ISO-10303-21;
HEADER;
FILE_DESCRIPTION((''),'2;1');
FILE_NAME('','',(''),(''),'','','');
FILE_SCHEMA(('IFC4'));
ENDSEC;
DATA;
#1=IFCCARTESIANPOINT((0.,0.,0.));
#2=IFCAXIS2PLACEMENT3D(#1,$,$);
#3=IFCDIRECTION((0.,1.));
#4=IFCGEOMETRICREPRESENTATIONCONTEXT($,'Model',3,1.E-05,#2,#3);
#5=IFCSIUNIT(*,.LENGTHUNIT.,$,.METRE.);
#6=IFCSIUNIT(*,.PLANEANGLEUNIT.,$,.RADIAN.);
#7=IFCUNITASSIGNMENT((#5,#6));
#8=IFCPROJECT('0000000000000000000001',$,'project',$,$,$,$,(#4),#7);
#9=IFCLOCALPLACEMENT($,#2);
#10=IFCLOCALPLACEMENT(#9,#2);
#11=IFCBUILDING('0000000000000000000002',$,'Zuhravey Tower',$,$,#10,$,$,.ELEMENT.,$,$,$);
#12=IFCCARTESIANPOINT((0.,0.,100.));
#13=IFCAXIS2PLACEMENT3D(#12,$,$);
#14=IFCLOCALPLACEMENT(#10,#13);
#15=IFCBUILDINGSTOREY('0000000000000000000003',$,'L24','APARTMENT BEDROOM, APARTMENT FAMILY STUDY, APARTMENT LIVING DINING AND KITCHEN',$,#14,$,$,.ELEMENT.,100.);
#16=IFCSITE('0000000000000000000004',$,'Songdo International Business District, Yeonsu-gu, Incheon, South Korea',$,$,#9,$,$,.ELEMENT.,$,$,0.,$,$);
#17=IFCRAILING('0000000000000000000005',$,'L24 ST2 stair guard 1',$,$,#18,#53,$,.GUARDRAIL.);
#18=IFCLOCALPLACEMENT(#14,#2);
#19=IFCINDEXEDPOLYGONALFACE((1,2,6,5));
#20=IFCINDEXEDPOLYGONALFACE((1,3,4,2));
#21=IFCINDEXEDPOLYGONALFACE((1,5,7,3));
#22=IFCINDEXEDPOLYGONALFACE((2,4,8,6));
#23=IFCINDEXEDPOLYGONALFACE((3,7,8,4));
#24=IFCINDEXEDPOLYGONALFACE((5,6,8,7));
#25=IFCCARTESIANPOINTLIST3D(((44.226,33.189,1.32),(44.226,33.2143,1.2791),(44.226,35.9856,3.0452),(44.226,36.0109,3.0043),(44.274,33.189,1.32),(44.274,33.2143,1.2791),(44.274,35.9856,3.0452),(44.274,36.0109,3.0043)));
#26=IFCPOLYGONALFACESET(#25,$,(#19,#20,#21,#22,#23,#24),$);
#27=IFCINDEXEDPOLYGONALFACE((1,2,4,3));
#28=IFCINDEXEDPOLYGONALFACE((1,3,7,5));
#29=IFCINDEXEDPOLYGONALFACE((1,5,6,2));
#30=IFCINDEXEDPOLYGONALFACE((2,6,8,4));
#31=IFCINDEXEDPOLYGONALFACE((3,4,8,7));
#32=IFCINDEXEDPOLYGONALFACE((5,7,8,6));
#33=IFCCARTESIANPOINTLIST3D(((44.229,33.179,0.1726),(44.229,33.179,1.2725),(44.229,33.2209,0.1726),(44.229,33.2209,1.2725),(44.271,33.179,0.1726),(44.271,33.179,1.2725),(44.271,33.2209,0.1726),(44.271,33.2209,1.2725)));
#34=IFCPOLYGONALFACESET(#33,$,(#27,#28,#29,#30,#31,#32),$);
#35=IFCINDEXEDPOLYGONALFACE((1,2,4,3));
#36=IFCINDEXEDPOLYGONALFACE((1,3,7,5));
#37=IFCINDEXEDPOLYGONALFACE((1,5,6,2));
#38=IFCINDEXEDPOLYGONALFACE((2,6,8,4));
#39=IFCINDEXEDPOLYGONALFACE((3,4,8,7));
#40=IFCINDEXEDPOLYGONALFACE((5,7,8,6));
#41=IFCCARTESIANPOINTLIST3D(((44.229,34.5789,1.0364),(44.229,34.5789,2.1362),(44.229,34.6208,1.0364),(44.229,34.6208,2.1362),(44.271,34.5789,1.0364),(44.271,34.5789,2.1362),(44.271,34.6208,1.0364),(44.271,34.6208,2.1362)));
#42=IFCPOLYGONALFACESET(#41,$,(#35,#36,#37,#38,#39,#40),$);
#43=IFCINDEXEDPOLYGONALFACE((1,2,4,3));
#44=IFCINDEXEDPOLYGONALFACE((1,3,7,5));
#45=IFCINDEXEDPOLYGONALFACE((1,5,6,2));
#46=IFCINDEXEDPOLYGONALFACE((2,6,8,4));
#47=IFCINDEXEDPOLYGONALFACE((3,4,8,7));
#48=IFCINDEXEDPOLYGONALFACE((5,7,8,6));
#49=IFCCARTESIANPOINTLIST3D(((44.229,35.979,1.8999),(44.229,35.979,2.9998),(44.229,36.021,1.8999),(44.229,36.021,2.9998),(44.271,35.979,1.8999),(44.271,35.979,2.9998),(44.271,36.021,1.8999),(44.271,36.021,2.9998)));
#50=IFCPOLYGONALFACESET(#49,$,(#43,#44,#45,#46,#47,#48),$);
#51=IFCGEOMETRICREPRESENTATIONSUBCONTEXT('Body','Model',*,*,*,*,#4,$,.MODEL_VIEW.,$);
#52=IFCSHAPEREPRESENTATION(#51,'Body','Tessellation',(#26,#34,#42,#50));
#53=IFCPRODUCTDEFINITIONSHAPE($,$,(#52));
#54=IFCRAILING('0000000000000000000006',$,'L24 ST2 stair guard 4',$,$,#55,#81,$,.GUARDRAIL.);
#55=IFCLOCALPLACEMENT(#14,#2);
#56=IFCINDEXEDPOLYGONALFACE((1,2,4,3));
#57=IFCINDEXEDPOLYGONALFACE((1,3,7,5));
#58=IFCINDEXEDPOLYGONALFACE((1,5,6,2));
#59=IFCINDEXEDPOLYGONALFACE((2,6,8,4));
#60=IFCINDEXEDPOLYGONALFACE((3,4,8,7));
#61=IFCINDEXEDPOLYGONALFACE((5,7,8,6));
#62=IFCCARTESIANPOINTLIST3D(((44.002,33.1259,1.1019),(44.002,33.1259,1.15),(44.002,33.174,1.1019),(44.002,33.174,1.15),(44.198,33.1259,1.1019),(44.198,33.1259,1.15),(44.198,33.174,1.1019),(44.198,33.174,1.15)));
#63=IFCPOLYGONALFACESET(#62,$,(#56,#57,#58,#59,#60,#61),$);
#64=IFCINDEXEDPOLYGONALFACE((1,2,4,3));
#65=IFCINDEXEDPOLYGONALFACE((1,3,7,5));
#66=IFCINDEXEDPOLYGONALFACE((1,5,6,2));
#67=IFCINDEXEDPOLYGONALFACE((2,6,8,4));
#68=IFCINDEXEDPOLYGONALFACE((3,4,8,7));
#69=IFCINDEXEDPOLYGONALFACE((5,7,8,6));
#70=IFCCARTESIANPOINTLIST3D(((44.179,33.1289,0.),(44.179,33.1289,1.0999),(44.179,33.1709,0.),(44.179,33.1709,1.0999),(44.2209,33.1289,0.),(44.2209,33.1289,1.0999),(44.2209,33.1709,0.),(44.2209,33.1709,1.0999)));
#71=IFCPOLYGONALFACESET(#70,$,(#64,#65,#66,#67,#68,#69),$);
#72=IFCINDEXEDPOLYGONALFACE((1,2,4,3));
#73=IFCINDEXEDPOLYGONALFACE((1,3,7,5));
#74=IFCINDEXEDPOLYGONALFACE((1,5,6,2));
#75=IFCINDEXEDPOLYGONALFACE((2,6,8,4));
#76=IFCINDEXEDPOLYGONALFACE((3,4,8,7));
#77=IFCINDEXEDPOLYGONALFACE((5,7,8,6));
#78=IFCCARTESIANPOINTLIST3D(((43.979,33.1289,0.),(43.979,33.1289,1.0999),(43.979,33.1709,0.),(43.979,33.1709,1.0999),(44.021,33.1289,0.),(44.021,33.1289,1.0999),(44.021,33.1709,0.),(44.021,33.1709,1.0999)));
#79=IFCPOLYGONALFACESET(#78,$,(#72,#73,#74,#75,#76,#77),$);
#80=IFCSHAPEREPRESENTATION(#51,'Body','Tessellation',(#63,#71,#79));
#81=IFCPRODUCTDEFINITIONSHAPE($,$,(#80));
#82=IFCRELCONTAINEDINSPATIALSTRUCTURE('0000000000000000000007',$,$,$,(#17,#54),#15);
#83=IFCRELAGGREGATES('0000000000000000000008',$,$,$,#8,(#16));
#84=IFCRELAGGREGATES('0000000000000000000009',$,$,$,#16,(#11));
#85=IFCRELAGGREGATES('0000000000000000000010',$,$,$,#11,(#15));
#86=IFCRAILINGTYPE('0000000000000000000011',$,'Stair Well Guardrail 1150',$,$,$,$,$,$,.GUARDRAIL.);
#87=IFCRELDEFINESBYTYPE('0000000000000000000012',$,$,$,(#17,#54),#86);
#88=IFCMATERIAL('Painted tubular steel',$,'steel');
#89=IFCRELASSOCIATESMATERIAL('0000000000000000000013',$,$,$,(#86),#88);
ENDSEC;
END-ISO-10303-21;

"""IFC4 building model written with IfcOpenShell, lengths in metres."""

from ifc_helpers import new_model, si_unit, direction, frame, origin, origin_2d, place, context, subcontext, project, spatial, rectangle, extrude, material, type_object, element, save


model = new_model("IFC4")

# Units and contexts
model_context = context("Model", 3, precision=1e-05, world=origin(), true_north=direction((0.0, 1.0)))
body_context = subcontext(model_context, "Body", "Model", "MODEL_VIEW")
ifc_project = project(units=[si_unit("LENGTHUNIT", "METRE"), si_unit("PLANEANGLEUNIT", "RADIAN")], contexts=[model_context])

# Site, building, storey
site_placement = place(None, origin())
site = spatial("IfcSite", under=ifc_project, at=site_placement, Name="Songdo International Business District, Yeonsu-gu, Incheon, South Korea", CompositionType="ELEMENT", RefElevation=0.0)
building_placement = place(site_placement, origin())
building = spatial("IfcBuilding", under=site, at=building_placement, Name="Zuhravey Tower", CompositionType="ELEMENT")
storey_placement = place(building_placement, frame((0.0, 0.0, 100.0)))
storey = spatial("IfcBuildingStorey", under=building, at=storey_placement, Name="L24", Description="APARTMENT BEDROOM, APARTMENT FAMILY STUDY, APARTMENT LIVING DINING AND KITCHEN", CompositionType="ELEMENT", Elevation=100.0)

# Railings
ifc_material_1 = material(Name="Painted tubular steel", Category="steel")
railing_type_1 = type_object("IfcRailingType", Name="Stair Well Guardrail 1150", PredefinedType="GUARDRAIL", material=ifc_material_1)
railing_1_placement = place(storey_placement, frame((44.25, 33.2, 0.1726)))
element("IfcRailing", 1, at=railing_1_placement, inside=storey, type_object=railing_type_1, Name="L24 ST2 stair guard 1", PredefinedType="GUARDRAIL", context=body_context, shape_type="SweptSolid", body=[
    extrude(rectangle(XDim=0.0481, YDim=0.0481, at=origin_2d()), frame((0.0, 0.0017, 1.127), z_axis=(0.0, 0.85109, 0.52502), x_axis=(-1.0, 0.0, 0.0)), (0.0, 0.0, 1.0), 3.2859),
    extrude(rectangle(XDim=0.042, YDim=0.042, at=origin_2d()), origin(), (0.0, 0.0, 1.0), 1.0999),
    extrude(rectangle(XDim=0.042, YDim=0.042, at=origin_2d()), frame((0.0, 1.3999, 0.8638)), (0.0, 0.0, 1.0), 1.0999),
    extrude(rectangle(XDim=0.042, YDim=0.042, at=origin_2d()), frame((0.0, 2.8, 1.7273)), (0.0, 0.0, 1.0), 1.0999),
])
railing_2_placement = place(storey_placement, frame((44.2, 33.1499, 0.0)))
element("IfcRailing", 2, at=railing_2_placement, inside=storey, type_object=railing_type_1, Name="L24 ST2 stair guard 4", PredefinedType="GUARDRAIL", context=body_context, shape_type="SweptSolid", body=[
    extrude(rectangle(XDim=0.0481, YDim=0.0481, at=origin_2d()), frame((-0.002, 0.0, 1.126), z_axis=(-1.0, 0.0, 0.0), x_axis=(0.0, -1.0, 0.0)), (0.0, 0.0, 1.0), 0.196),
    extrude(rectangle(XDim=0.042, YDim=0.042, at=origin_2d()), origin(), (0.0, 0.0, 1.0), 1.0999),
    extrude(rectangle(XDim=0.042, YDim=0.042, at=origin_2d()), frame((-0.2, 0.0, 0.0)), (0.0, 0.0, 1.0), 1.0999),
])

save(model, "model.ifc")
